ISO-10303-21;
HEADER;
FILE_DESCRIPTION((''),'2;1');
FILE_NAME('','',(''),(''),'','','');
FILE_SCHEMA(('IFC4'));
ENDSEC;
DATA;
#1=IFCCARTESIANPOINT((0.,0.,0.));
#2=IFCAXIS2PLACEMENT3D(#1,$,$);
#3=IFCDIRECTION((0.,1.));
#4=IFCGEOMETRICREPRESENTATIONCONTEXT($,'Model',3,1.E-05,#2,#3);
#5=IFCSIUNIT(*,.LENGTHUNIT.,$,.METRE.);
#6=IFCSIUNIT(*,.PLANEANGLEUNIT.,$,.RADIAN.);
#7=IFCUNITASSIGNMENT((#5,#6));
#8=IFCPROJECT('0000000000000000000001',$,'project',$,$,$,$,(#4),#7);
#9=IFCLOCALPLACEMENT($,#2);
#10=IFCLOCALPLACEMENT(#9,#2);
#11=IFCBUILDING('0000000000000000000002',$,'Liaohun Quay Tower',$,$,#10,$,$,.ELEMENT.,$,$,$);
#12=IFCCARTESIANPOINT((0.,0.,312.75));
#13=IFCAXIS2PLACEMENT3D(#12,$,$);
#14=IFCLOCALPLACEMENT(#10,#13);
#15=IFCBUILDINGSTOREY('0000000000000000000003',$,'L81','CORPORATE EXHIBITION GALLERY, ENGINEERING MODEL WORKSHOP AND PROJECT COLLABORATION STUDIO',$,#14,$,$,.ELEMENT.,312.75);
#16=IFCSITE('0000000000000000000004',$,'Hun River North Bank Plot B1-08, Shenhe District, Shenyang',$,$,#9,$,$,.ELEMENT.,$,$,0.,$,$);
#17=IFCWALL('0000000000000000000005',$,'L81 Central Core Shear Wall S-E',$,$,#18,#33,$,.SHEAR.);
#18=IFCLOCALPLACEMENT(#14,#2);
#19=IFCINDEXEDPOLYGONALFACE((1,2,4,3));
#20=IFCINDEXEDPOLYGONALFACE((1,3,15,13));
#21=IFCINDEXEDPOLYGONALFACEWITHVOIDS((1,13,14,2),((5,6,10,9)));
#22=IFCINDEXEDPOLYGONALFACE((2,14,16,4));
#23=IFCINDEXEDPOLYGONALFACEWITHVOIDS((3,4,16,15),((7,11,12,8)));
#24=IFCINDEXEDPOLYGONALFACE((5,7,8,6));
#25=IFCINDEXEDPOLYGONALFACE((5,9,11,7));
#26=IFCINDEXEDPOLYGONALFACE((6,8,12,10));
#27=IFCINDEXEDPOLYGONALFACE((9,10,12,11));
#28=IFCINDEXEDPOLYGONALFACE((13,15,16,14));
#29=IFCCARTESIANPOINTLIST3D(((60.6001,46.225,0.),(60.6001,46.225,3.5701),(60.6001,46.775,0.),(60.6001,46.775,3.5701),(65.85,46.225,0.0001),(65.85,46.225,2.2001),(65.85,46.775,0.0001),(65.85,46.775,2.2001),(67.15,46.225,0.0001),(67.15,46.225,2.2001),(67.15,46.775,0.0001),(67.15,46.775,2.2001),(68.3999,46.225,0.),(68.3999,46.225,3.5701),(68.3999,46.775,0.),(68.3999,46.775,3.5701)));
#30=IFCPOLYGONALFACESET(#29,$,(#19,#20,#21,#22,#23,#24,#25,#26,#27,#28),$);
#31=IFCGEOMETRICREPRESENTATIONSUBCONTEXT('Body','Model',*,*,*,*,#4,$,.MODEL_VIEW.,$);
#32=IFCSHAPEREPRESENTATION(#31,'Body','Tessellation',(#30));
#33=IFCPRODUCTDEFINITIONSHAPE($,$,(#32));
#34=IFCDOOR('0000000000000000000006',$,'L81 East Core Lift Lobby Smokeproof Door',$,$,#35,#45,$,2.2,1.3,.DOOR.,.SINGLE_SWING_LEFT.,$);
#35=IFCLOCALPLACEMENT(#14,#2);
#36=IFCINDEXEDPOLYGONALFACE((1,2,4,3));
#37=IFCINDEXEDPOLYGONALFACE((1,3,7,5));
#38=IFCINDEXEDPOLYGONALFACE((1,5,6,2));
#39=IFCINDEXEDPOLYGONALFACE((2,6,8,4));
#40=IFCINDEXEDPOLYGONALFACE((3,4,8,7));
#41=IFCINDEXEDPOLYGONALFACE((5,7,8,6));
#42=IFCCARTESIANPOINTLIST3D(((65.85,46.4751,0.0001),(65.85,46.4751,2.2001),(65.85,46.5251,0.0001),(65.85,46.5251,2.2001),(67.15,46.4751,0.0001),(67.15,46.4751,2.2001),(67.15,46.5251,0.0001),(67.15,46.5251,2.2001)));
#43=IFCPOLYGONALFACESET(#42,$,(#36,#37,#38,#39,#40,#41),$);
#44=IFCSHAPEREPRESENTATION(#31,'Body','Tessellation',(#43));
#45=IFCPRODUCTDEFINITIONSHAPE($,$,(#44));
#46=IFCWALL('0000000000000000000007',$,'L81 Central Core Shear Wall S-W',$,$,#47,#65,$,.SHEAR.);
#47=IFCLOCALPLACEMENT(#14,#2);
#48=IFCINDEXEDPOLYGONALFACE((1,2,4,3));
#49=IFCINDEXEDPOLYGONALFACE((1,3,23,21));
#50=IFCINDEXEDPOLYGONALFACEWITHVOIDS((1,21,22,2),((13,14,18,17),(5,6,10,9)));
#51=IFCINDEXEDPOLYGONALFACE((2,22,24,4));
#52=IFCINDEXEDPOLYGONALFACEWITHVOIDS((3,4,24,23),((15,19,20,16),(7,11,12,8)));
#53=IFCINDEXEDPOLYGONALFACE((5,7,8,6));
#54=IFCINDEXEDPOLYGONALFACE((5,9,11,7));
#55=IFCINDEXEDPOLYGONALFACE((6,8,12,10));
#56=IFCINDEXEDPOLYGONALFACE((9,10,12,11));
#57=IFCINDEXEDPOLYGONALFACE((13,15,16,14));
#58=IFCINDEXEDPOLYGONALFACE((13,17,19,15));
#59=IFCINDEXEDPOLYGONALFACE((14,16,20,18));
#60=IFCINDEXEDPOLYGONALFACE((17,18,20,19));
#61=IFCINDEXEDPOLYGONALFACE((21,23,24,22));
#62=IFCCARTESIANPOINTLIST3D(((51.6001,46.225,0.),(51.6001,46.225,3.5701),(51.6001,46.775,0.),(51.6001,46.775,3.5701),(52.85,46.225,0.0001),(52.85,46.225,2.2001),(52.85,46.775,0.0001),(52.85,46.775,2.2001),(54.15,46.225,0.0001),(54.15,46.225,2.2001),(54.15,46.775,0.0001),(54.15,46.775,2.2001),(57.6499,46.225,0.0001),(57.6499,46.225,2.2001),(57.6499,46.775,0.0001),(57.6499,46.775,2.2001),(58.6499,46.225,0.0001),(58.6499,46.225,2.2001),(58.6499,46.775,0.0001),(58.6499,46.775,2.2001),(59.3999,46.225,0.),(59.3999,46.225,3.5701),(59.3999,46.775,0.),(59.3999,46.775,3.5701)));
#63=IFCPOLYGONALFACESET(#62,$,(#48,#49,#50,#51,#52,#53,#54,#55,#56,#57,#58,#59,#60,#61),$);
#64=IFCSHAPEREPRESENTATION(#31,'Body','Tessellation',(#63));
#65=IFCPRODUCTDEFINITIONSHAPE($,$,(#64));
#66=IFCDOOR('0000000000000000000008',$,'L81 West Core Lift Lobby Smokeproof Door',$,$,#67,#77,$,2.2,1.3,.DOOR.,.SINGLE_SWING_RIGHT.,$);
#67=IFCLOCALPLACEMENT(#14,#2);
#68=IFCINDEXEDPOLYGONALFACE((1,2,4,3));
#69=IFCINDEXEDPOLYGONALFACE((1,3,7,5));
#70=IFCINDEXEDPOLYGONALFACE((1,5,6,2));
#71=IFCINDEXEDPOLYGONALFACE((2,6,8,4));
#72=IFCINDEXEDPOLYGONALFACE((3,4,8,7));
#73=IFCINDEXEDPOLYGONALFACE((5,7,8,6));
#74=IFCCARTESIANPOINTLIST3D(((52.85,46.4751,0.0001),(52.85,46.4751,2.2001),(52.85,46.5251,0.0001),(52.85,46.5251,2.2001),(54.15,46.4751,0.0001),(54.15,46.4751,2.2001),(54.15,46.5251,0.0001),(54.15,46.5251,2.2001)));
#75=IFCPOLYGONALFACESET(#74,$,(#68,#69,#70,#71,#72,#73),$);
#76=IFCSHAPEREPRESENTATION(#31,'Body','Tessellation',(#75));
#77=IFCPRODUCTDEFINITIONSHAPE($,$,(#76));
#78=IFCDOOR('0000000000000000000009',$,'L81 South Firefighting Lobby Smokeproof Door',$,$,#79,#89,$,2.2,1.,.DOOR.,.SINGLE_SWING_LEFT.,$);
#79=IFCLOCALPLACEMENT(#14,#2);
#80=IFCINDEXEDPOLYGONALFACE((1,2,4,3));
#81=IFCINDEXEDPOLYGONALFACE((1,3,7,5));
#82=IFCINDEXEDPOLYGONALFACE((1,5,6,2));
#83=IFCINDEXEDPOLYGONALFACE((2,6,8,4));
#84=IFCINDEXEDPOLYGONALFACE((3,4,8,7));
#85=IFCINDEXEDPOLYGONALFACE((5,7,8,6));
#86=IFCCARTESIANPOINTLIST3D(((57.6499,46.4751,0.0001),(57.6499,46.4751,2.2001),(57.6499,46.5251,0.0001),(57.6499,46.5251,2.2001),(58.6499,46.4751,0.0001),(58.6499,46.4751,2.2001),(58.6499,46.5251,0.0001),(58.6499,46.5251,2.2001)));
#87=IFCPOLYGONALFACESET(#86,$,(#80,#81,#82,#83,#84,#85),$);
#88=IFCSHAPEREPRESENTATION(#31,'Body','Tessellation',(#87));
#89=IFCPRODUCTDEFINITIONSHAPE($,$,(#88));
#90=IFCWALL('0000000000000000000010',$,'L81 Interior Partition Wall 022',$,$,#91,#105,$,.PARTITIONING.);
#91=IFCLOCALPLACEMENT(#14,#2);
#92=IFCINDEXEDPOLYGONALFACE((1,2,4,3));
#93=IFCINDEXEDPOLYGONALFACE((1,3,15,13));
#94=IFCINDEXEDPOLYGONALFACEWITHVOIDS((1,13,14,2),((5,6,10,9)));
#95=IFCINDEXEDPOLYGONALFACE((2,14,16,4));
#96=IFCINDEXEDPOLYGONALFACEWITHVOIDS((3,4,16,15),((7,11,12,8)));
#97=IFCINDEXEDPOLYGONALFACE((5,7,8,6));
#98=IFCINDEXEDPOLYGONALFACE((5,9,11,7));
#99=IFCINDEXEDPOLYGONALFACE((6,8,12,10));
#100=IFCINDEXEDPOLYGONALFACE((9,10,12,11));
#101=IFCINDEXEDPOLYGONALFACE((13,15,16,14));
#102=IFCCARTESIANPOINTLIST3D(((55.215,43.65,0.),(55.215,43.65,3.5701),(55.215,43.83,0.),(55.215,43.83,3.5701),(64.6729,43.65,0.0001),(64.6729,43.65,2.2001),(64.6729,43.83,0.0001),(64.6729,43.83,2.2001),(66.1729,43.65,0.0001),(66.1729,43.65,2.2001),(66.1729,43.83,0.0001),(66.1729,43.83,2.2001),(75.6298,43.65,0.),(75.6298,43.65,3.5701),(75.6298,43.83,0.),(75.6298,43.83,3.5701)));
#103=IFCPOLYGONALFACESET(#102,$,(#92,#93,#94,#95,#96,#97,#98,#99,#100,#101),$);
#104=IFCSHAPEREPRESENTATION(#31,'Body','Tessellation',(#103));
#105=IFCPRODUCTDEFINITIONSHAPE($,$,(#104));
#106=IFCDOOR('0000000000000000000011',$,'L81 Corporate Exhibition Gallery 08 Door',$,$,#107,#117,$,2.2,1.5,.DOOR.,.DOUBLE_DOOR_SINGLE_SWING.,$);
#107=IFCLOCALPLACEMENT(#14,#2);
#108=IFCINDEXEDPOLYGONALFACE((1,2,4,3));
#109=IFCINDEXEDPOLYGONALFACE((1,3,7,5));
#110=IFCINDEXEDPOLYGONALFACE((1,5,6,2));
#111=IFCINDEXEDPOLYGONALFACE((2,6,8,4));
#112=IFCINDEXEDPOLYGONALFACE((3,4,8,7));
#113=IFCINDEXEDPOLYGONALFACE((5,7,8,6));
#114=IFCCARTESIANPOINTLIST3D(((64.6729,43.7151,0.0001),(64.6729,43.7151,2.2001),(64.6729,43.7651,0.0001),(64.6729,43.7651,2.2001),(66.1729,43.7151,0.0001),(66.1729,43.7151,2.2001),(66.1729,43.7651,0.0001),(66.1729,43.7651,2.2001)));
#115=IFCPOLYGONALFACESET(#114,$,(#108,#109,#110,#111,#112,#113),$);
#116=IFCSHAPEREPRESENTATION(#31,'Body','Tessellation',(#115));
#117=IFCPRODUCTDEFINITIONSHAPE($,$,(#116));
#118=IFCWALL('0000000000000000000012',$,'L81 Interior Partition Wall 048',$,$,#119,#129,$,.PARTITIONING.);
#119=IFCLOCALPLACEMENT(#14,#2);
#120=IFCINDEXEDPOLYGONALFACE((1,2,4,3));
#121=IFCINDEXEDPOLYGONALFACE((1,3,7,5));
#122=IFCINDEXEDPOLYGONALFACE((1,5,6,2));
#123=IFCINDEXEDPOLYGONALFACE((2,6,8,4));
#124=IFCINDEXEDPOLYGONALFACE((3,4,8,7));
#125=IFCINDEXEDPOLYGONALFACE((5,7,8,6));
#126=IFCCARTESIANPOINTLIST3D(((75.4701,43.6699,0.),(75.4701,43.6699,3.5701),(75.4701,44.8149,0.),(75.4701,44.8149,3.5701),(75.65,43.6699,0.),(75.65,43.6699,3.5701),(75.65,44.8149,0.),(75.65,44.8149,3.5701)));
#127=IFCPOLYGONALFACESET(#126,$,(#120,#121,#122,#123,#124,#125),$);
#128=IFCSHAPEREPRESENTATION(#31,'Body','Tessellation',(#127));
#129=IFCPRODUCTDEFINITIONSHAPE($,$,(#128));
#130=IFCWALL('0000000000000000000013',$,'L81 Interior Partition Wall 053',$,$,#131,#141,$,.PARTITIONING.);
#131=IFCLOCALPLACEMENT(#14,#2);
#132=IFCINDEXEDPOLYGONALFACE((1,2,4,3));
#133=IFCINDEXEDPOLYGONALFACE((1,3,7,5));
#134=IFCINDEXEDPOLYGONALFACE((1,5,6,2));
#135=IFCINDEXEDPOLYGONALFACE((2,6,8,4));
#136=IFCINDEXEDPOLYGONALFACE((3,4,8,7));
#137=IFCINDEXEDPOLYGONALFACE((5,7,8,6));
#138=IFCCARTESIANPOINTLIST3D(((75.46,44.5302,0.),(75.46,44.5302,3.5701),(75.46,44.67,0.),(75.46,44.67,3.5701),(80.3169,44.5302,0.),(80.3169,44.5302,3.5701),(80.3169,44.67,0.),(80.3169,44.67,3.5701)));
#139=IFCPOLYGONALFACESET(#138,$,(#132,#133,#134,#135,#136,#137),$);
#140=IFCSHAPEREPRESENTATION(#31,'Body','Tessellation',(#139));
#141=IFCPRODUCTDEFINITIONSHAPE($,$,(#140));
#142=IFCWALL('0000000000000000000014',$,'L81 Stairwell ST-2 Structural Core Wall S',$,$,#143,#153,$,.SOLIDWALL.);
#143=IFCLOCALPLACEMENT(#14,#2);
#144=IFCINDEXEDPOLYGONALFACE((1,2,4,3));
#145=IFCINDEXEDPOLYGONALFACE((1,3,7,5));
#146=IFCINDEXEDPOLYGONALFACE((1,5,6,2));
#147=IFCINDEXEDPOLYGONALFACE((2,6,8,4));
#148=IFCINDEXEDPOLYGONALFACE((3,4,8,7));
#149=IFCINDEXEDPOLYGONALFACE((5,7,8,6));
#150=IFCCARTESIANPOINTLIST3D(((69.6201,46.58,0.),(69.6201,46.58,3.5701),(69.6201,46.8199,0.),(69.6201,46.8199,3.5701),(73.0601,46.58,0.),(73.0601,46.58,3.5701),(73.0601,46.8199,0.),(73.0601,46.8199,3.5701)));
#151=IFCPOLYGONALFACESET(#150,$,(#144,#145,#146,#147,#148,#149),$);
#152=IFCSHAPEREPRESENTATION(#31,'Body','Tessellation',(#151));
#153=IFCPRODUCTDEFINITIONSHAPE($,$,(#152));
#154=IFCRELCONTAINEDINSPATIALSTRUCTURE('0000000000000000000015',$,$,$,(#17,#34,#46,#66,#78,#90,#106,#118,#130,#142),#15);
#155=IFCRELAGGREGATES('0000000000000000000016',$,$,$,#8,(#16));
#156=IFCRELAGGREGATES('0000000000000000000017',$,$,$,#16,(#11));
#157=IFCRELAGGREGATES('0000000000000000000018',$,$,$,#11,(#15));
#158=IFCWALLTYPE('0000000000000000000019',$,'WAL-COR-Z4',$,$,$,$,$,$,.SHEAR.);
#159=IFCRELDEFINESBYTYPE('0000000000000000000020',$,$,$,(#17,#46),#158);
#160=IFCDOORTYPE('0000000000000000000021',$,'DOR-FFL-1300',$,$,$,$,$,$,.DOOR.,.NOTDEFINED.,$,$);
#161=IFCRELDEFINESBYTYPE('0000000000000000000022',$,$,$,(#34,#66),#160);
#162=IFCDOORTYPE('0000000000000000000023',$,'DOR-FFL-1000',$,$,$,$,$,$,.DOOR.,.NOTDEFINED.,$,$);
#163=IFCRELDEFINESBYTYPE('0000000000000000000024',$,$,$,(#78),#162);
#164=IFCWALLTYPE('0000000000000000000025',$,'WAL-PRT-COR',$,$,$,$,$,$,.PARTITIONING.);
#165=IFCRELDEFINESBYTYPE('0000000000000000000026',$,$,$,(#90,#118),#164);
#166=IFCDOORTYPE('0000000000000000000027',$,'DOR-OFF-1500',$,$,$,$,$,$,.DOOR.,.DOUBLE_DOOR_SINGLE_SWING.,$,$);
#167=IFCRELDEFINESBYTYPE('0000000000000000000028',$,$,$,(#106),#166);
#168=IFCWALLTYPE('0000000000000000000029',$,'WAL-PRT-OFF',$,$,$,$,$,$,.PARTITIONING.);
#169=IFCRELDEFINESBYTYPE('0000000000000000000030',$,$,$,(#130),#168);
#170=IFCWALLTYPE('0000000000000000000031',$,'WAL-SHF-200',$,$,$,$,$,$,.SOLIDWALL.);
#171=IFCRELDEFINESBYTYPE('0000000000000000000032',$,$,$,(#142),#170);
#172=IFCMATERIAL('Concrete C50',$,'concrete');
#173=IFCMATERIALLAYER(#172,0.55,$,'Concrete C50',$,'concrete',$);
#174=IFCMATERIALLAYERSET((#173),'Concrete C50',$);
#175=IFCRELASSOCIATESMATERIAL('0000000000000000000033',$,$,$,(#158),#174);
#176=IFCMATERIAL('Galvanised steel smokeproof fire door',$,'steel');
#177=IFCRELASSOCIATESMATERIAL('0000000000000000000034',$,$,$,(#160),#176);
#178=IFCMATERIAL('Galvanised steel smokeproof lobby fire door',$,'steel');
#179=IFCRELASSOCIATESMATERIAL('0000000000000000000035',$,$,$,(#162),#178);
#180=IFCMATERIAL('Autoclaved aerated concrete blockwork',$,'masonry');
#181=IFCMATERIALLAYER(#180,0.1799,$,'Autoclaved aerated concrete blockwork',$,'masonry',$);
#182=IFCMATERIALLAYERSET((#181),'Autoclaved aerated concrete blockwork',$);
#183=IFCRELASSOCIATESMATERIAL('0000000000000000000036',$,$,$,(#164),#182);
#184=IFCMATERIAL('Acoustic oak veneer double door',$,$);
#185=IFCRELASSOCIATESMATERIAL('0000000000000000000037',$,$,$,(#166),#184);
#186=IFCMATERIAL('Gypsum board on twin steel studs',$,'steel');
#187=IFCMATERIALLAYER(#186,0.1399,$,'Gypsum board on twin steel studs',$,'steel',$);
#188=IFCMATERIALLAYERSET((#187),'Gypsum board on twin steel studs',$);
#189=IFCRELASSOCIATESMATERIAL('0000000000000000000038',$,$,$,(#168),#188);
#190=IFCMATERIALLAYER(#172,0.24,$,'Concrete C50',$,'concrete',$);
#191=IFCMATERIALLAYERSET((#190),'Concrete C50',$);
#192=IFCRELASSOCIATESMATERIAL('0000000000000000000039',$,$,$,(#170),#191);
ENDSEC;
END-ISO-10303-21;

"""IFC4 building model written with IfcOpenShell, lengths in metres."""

from ifc_helpers import new_model, si_unit, direction, frame, frame_2d, origin, place, context, subcontext, project, spatial, rectangle, extrude, source, transform, mapped, material, layer, layer_set, type_object, element, fill, save


model = new_model("IFC4")

# Units and contexts
model_context = context("Model", 3, precision=1e-05, world=origin(), true_north=direction((0.0, 1.0)))
body_context = subcontext(model_context, "Body", "Model", "MODEL_VIEW")
ifc_project = project(units=[si_unit("LENGTHUNIT", "METRE"), si_unit("PLANEANGLEUNIT", "RADIAN")], contexts=[model_context])

# Site, building, storey
site_placement = place(None, origin())
site = spatial("IfcSite", under=ifc_project, at=site_placement, Name="Hun River North Bank Plot B1-08, Shenhe District, Shenyang", CompositionType="ELEMENT", RefElevation=0.0)
building_placement = place(site_placement, origin())
building = spatial("IfcBuilding", under=site, at=building_placement, Name="Liaohun Quay Tower", CompositionType="ELEMENT")
storey_placement = place(building_placement, frame((0.0, 0.0, 312.75)))
storey = spatial("IfcBuildingStorey", under=building, at=storey_placement, Name="L81", Description="CORPORATE EXHIBITION GALLERY, ENGINEERING MODEL WORKSHOP AND PROJECT COLLABORATION STUDIO", CompositionType="ELEMENT", Elevation=312.75)

# Shared definitions
ifc_material_1 = material(Name="Concrete C50", Category="concrete")

# Wall, opening, door
ifc_layer_1 = layer(ifc_material_1, 0.55, Name="Concrete C50", Category="concrete")
ifc_layer_set_1 = layer_set([ifc_layer_1], Name="Concrete C50")
wall_type_1 = type_object("IfcWallType", Name="WAL-COR-Z4", PredefinedType="SHEAR", material=ifc_layer_set_1)
wall_1_placement = place(storey_placement, frame((68.3999, 46.5, 0.0), z_axis=(0.0, 0.0, 1.0), x_axis=(-1.0, 0.0, 0.0)))
wall_1 = element("IfcWall", 1, at=wall_1_placement, inside=storey, type_object=wall_type_1, Name="L81 Central Core Shear Wall S-E", PredefinedType="SHEAR", context=body_context, shape_type="SweptSolid", body=[
    extrude(rectangle(XDim=7.7998, YDim=0.55, at=frame_2d((3.8999, 0.0))), origin(), (0.0, 0.0, 1.0), 3.5701),
])
shared_shape_1 = source(origin(), body_context, "Body", "SweptSolid", [
    extrude(rectangle(XDim=1.3, YDim=2.2, at=frame_2d((0.6499, 1.1001))), frame((0.0, 0.2849, 0.0), z_axis=(0.0, -1.0, 0.0), x_axis=(1.0, 0.0, 0.0)), (0.0, 0.0, 1.0), 0.5701),
])
opening_1_placement = place(wall_1_placement, frame((1.25, 0.0, 0.0)))
opening_1 = element("IfcOpeningElement", 2, at=opening_1_placement, cuts=wall_1, PredefinedType="OPENING", context=body_context, shape_type="MappedRepresentation", body=[
    mapped(shared_shape_1, transform((0.0, 0.0, 0.0), x_axis=(1.0, 0.0, 0.0), y_axis=(0.0, 1.0, 0.0), z_axis=(0.0, 0.0, 1.0), scale=1.0)),
])
ifc_material_2 = material(Name="Galvanised steel smokeproof fire door", Category="steel")
door_type_1 = type_object("IfcDoorType", Name="DOR-FFL-1300", OperationType="NOTDEFINED", PredefinedType="DOOR", material=ifc_material_2)
shared_shape_2 = source(origin(), body_context, "Body", "SweptSolid", [
    extrude(rectangle(XDim=1.3, YDim=2.2, at=frame_2d((0.6499, 1.1001))), frame((0.0, 0.0249, 0.0), z_axis=(0.0, -1.0, 0.0), x_axis=(1.0, 0.0, 0.0)), (0.0, 0.0, 1.0), 0.05),
])
door_1_placement = place(opening_1_placement, origin())
door_1 = element("IfcDoor", 3, at=door_1_placement, inside=storey, type_object=door_type_1, Name="L81 East Core Lift Lobby Smokeproof Door", OperationType="SINGLE_SWING_LEFT", OverallHeight=2.2, OverallWidth=1.3, PredefinedType="DOOR", context=body_context, shape_type="MappedRepresentation", body=[
    mapped(shared_shape_2, transform((0.0, 0.0, 0.0), x_axis=(1.0, 0.0, 0.0), y_axis=(0.0, 1.0, 0.0), z_axis=(0.0, 0.0, 1.0), scale=1.0)),
])
fill(opening_1, door_1)

# Wall, openings, doors
wall_2_placement = place(storey_placement, frame((59.3999, 46.5, 0.0), z_axis=(0.0, 0.0, 1.0), x_axis=(-1.0, 0.0, 0.0)))
wall_2 = element("IfcWall", 4, at=wall_2_placement, inside=storey, type_object=wall_type_1, Name="L81 Central Core Shear Wall S-W", PredefinedType="SHEAR", context=body_context, shape_type="SweptSolid", body=[
    extrude(rectangle(XDim=7.7998, YDim=0.55, at=frame_2d((3.8999, 0.0))), origin(), (0.0, 0.0, 1.0), 3.5701),
])
opening_2_placement = place(wall_2_placement, frame((5.25, 0.0, 0.0)))
opening_2 = element("IfcOpeningElement", 5, at=opening_2_placement, cuts=wall_2, PredefinedType="OPENING", context=body_context, shape_type="MappedRepresentation", body=[
    mapped(shared_shape_1, transform((0.0, 0.0, 0.0), x_axis=(1.0, 0.0, 0.0), y_axis=(0.0, 1.0, 0.0), z_axis=(0.0, 0.0, 1.0), scale=1.0)),
])
shared_shape_3 = source(origin(), body_context, "Body", "SweptSolid", [
    extrude(rectangle(XDim=1.0, YDim=2.2, at=frame_2d((0.5, 1.1001))), frame((0.0, 0.2849, 0.0), z_axis=(0.0, -1.0, 0.0), x_axis=(1.0, 0.0, 0.0)), (0.0, 0.0, 1.0), 0.5701),
])
opening_3_placement = place(wall_2_placement, frame((0.75, 0.0, 0.0)))
opening_3 = element("IfcOpeningElement", 6, at=opening_3_placement, cuts=wall_2, PredefinedType="OPENING", context=body_context, shape_type="MappedRepresentation", body=[
    mapped(shared_shape_3, transform((0.0, 0.0, 0.0), x_axis=(1.0, 0.0, 0.0), y_axis=(0.0, 1.0, 0.0), z_axis=(0.0, 0.0, 1.0), scale=1.0)),
])
door_2_placement = place(opening_2_placement, origin())
door_2 = element("IfcDoor", 7, at=door_2_placement, inside=storey, type_object=door_type_1, Name="L81 West Core Lift Lobby Smokeproof Door", OperationType="SINGLE_SWING_RIGHT", OverallHeight=2.2, OverallWidth=1.3, PredefinedType="DOOR", context=body_context, shape_type="MappedRepresentation", body=[
    mapped(shared_shape_2, transform((0.0, 0.0, 0.0), x_axis=(1.0, 0.0, 0.0), y_axis=(0.0, 1.0, 0.0), z_axis=(0.0, 0.0, 1.0), scale=1.0)),
])
fill(opening_2, door_2)
ifc_material_3 = material(Name="Galvanised steel smokeproof lobby fire door", Category="steel")
door_type_2 = type_object("IfcDoorType", Name="DOR-FFL-1000", OperationType="NOTDEFINED", PredefinedType="DOOR", material=ifc_material_3)
shared_shape_4 = source(origin(), body_context, "Body", "SweptSolid", [
    extrude(rectangle(XDim=1.0, YDim=2.2, at=frame_2d((0.5, 1.1001))), frame((0.0, 0.0249, 0.0), z_axis=(0.0, -1.0, 0.0), x_axis=(1.0, 0.0, 0.0)), (0.0, 0.0, 1.0), 0.05),
])
door_3_placement = place(opening_3_placement, origin())
door_3 = element("IfcDoor", 8, at=door_3_placement, inside=storey, type_object=door_type_2, Name="L81 South Firefighting Lobby Smokeproof Door", OperationType="SINGLE_SWING_LEFT", OverallHeight=2.2, OverallWidth=1.0, PredefinedType="DOOR", context=body_context, shape_type="MappedRepresentation", body=[
    mapped(shared_shape_4, transform((0.0, 0.0, 0.0), x_axis=(1.0, 0.0, 0.0), y_axis=(0.0, 1.0, 0.0), z_axis=(0.0, 0.0, 1.0), scale=1.0)),
])
fill(opening_3, door_3)

# Wall, opening, door
ifc_material_4 = material(Name="Autoclaved aerated concrete blockwork", Category="masonry")
ifc_layer_2 = layer(ifc_material_4, 0.1799, Name="Autoclaved aerated concrete blockwork", Category="masonry")
ifc_layer_set_2 = layer_set([ifc_layer_2], Name="Autoclaved aerated concrete blockwork")
wall_type_2 = type_object("IfcWallType", Name="WAL-PRT-COR", PredefinedType="PARTITIONING", material=ifc_layer_set_2)
wall_3_placement = place(storey_placement, frame((75.6299, 43.74, 0.0), z_axis=(0.0, 0.0, 1.0), x_axis=(-1.0, 0.0, 0.0)))
wall_3 = element("IfcWall", 9, at=wall_3_placement, inside=storey, type_object=wall_type_2, Name="L81 Interior Partition Wall 022", PredefinedType="PARTITIONING", context=body_context, shape_type="SweptSolid", body=[
    extrude(rectangle(XDim=20.4148, YDim=0.1799, at=frame_2d((10.2075, 0.0))), origin(), (0.0, 0.0, 1.0), 3.5701),
])
shared_shape_5 = source(origin(), body_context, "Body", "SweptSolid", [
    extrude(rectangle(XDim=1.5, YDim=2.2, at=frame_2d((0.75, 1.1001))), frame((0.0, 0.0999, 0.0), z_axis=(0.0, -1.0, 0.0), x_axis=(1.0, 0.0, 0.0)), (0.0, 0.0, 1.0), 0.2),
])
opening_4_placement = place(wall_3_placement, frame((9.457, 0.0, 0.0)))
opening_4 = element("IfcOpeningElement", 10, at=opening_4_placement, cuts=wall_3, PredefinedType="OPENING", context=body_context, shape_type="MappedRepresentation", body=[
    mapped(shared_shape_5, transform((0.0, 0.0, 0.0), x_axis=(1.0, 0.0, 0.0), y_axis=(0.0, 1.0, 0.0), z_axis=(0.0, 0.0, 1.0), scale=1.0)),
])
ifc_material_5 = material(Name="Acoustic oak veneer double door")
door_type_3 = type_object("IfcDoorType", Name="DOR-OFF-1500", OperationType="DOUBLE_DOOR_SINGLE_SWING", PredefinedType="DOOR", material=ifc_material_5)
shared_shape_6 = source(origin(), body_context, "Body", "SweptSolid", [
    extrude(rectangle(XDim=1.5, YDim=2.2, at=frame_2d((0.75, 1.1001))), frame((0.0, 0.0249, 0.0), z_axis=(0.0, -1.0, 0.0), x_axis=(1.0, 0.0, 0.0)), (0.0, 0.0, 1.0), 0.05),
])
door_4_placement = place(opening_4_placement, origin())
door_4 = element("IfcDoor", 11, at=door_4_placement, inside=storey, type_object=door_type_3, Name="L81 Corporate Exhibition Gallery 08 Door", OperationType="DOUBLE_DOOR_SINGLE_SWING", OverallHeight=2.2, OverallWidth=1.5, PredefinedType="DOOR", context=body_context, shape_type="MappedRepresentation", body=[
    mapped(shared_shape_6, transform((0.0, 0.0, 0.0), x_axis=(1.0, 0.0, 0.0), y_axis=(0.0, 1.0, 0.0), z_axis=(0.0, 0.0, 1.0), scale=1.0)),
])
fill(opening_4, door_4)

# Walls
wall_4_placement = place(storey_placement, frame((75.5601, 44.8149, 0.0), z_axis=(0.0, 0.0, 1.0), x_axis=(0.0, -1.0, 0.0)))
element("IfcWall", 12, at=wall_4_placement, inside=storey, type_object=wall_type_2, Name="L81 Interior Partition Wall 048", PredefinedType="PARTITIONING", context=body_context, shape_type="SweptSolid", body=[
    extrude(rectangle(XDim=1.145, YDim=0.1799, at=frame_2d((0.5725, 0.0))), origin(), (0.0, 0.0, 1.0), 3.5701),
])
ifc_material_6 = material(Name="Gypsum board on twin steel studs", Category="steel")
ifc_layer_3 = layer(ifc_material_6, 0.1399, Name="Gypsum board on twin steel studs", Category="steel")
ifc_layer_set_3 = layer_set([ifc_layer_3], Name="Gypsum board on twin steel studs")
wall_type_3 = type_object("IfcWallType", Name="WAL-PRT-OFF", PredefinedType="PARTITIONING", material=ifc_layer_set_3)
wall_5_placement = place(storey_placement, frame((75.46, 44.6001, 0.0), z_axis=(0.0, 0.0, 1.0), x_axis=(1.0, 0.0, 0.0)))
element("IfcWall", 13, at=wall_5_placement, inside=storey, type_object=wall_type_3, Name="L81 Interior Partition Wall 053", PredefinedType="PARTITIONING", context=body_context, shape_type="SweptSolid", body=[
    extrude(rectangle(XDim=4.8569, YDim=0.1399, at=frame_2d((2.4285, 0.0))), origin(), (0.0, 0.0, 1.0), 3.5701),
])
ifc_layer_4 = layer(ifc_material_1, 0.24, Name="Concrete C50", Category="concrete")
ifc_layer_set_4 = layer_set([ifc_layer_4], Name="Concrete C50")
wall_type_4 = type_object("IfcWallType", Name="WAL-SHF-200", PredefinedType="SOLIDWALL", material=ifc_layer_set_4)
wall_6_placement = place(storey_placement, frame((69.6201, 46.7, 0.0), z_axis=(0.0, 0.0, 1.0), x_axis=(1.0, 0.0, 0.0)))
element("IfcWall", 14, at=wall_6_placement, inside=storey, type_object=wall_type_4, Name="L81 Stairwell ST-2 Structural Core Wall S", PredefinedType="SOLIDWALL", context=body_context, shape_type="SweptSolid", body=[
    extrude(rectangle(XDim=3.4399, YDim=0.24, at=frame_2d((1.72, 0.0))), origin(), (0.0, 0.0, 1.0), 3.5701),
])

save(model, "model.ifc")
